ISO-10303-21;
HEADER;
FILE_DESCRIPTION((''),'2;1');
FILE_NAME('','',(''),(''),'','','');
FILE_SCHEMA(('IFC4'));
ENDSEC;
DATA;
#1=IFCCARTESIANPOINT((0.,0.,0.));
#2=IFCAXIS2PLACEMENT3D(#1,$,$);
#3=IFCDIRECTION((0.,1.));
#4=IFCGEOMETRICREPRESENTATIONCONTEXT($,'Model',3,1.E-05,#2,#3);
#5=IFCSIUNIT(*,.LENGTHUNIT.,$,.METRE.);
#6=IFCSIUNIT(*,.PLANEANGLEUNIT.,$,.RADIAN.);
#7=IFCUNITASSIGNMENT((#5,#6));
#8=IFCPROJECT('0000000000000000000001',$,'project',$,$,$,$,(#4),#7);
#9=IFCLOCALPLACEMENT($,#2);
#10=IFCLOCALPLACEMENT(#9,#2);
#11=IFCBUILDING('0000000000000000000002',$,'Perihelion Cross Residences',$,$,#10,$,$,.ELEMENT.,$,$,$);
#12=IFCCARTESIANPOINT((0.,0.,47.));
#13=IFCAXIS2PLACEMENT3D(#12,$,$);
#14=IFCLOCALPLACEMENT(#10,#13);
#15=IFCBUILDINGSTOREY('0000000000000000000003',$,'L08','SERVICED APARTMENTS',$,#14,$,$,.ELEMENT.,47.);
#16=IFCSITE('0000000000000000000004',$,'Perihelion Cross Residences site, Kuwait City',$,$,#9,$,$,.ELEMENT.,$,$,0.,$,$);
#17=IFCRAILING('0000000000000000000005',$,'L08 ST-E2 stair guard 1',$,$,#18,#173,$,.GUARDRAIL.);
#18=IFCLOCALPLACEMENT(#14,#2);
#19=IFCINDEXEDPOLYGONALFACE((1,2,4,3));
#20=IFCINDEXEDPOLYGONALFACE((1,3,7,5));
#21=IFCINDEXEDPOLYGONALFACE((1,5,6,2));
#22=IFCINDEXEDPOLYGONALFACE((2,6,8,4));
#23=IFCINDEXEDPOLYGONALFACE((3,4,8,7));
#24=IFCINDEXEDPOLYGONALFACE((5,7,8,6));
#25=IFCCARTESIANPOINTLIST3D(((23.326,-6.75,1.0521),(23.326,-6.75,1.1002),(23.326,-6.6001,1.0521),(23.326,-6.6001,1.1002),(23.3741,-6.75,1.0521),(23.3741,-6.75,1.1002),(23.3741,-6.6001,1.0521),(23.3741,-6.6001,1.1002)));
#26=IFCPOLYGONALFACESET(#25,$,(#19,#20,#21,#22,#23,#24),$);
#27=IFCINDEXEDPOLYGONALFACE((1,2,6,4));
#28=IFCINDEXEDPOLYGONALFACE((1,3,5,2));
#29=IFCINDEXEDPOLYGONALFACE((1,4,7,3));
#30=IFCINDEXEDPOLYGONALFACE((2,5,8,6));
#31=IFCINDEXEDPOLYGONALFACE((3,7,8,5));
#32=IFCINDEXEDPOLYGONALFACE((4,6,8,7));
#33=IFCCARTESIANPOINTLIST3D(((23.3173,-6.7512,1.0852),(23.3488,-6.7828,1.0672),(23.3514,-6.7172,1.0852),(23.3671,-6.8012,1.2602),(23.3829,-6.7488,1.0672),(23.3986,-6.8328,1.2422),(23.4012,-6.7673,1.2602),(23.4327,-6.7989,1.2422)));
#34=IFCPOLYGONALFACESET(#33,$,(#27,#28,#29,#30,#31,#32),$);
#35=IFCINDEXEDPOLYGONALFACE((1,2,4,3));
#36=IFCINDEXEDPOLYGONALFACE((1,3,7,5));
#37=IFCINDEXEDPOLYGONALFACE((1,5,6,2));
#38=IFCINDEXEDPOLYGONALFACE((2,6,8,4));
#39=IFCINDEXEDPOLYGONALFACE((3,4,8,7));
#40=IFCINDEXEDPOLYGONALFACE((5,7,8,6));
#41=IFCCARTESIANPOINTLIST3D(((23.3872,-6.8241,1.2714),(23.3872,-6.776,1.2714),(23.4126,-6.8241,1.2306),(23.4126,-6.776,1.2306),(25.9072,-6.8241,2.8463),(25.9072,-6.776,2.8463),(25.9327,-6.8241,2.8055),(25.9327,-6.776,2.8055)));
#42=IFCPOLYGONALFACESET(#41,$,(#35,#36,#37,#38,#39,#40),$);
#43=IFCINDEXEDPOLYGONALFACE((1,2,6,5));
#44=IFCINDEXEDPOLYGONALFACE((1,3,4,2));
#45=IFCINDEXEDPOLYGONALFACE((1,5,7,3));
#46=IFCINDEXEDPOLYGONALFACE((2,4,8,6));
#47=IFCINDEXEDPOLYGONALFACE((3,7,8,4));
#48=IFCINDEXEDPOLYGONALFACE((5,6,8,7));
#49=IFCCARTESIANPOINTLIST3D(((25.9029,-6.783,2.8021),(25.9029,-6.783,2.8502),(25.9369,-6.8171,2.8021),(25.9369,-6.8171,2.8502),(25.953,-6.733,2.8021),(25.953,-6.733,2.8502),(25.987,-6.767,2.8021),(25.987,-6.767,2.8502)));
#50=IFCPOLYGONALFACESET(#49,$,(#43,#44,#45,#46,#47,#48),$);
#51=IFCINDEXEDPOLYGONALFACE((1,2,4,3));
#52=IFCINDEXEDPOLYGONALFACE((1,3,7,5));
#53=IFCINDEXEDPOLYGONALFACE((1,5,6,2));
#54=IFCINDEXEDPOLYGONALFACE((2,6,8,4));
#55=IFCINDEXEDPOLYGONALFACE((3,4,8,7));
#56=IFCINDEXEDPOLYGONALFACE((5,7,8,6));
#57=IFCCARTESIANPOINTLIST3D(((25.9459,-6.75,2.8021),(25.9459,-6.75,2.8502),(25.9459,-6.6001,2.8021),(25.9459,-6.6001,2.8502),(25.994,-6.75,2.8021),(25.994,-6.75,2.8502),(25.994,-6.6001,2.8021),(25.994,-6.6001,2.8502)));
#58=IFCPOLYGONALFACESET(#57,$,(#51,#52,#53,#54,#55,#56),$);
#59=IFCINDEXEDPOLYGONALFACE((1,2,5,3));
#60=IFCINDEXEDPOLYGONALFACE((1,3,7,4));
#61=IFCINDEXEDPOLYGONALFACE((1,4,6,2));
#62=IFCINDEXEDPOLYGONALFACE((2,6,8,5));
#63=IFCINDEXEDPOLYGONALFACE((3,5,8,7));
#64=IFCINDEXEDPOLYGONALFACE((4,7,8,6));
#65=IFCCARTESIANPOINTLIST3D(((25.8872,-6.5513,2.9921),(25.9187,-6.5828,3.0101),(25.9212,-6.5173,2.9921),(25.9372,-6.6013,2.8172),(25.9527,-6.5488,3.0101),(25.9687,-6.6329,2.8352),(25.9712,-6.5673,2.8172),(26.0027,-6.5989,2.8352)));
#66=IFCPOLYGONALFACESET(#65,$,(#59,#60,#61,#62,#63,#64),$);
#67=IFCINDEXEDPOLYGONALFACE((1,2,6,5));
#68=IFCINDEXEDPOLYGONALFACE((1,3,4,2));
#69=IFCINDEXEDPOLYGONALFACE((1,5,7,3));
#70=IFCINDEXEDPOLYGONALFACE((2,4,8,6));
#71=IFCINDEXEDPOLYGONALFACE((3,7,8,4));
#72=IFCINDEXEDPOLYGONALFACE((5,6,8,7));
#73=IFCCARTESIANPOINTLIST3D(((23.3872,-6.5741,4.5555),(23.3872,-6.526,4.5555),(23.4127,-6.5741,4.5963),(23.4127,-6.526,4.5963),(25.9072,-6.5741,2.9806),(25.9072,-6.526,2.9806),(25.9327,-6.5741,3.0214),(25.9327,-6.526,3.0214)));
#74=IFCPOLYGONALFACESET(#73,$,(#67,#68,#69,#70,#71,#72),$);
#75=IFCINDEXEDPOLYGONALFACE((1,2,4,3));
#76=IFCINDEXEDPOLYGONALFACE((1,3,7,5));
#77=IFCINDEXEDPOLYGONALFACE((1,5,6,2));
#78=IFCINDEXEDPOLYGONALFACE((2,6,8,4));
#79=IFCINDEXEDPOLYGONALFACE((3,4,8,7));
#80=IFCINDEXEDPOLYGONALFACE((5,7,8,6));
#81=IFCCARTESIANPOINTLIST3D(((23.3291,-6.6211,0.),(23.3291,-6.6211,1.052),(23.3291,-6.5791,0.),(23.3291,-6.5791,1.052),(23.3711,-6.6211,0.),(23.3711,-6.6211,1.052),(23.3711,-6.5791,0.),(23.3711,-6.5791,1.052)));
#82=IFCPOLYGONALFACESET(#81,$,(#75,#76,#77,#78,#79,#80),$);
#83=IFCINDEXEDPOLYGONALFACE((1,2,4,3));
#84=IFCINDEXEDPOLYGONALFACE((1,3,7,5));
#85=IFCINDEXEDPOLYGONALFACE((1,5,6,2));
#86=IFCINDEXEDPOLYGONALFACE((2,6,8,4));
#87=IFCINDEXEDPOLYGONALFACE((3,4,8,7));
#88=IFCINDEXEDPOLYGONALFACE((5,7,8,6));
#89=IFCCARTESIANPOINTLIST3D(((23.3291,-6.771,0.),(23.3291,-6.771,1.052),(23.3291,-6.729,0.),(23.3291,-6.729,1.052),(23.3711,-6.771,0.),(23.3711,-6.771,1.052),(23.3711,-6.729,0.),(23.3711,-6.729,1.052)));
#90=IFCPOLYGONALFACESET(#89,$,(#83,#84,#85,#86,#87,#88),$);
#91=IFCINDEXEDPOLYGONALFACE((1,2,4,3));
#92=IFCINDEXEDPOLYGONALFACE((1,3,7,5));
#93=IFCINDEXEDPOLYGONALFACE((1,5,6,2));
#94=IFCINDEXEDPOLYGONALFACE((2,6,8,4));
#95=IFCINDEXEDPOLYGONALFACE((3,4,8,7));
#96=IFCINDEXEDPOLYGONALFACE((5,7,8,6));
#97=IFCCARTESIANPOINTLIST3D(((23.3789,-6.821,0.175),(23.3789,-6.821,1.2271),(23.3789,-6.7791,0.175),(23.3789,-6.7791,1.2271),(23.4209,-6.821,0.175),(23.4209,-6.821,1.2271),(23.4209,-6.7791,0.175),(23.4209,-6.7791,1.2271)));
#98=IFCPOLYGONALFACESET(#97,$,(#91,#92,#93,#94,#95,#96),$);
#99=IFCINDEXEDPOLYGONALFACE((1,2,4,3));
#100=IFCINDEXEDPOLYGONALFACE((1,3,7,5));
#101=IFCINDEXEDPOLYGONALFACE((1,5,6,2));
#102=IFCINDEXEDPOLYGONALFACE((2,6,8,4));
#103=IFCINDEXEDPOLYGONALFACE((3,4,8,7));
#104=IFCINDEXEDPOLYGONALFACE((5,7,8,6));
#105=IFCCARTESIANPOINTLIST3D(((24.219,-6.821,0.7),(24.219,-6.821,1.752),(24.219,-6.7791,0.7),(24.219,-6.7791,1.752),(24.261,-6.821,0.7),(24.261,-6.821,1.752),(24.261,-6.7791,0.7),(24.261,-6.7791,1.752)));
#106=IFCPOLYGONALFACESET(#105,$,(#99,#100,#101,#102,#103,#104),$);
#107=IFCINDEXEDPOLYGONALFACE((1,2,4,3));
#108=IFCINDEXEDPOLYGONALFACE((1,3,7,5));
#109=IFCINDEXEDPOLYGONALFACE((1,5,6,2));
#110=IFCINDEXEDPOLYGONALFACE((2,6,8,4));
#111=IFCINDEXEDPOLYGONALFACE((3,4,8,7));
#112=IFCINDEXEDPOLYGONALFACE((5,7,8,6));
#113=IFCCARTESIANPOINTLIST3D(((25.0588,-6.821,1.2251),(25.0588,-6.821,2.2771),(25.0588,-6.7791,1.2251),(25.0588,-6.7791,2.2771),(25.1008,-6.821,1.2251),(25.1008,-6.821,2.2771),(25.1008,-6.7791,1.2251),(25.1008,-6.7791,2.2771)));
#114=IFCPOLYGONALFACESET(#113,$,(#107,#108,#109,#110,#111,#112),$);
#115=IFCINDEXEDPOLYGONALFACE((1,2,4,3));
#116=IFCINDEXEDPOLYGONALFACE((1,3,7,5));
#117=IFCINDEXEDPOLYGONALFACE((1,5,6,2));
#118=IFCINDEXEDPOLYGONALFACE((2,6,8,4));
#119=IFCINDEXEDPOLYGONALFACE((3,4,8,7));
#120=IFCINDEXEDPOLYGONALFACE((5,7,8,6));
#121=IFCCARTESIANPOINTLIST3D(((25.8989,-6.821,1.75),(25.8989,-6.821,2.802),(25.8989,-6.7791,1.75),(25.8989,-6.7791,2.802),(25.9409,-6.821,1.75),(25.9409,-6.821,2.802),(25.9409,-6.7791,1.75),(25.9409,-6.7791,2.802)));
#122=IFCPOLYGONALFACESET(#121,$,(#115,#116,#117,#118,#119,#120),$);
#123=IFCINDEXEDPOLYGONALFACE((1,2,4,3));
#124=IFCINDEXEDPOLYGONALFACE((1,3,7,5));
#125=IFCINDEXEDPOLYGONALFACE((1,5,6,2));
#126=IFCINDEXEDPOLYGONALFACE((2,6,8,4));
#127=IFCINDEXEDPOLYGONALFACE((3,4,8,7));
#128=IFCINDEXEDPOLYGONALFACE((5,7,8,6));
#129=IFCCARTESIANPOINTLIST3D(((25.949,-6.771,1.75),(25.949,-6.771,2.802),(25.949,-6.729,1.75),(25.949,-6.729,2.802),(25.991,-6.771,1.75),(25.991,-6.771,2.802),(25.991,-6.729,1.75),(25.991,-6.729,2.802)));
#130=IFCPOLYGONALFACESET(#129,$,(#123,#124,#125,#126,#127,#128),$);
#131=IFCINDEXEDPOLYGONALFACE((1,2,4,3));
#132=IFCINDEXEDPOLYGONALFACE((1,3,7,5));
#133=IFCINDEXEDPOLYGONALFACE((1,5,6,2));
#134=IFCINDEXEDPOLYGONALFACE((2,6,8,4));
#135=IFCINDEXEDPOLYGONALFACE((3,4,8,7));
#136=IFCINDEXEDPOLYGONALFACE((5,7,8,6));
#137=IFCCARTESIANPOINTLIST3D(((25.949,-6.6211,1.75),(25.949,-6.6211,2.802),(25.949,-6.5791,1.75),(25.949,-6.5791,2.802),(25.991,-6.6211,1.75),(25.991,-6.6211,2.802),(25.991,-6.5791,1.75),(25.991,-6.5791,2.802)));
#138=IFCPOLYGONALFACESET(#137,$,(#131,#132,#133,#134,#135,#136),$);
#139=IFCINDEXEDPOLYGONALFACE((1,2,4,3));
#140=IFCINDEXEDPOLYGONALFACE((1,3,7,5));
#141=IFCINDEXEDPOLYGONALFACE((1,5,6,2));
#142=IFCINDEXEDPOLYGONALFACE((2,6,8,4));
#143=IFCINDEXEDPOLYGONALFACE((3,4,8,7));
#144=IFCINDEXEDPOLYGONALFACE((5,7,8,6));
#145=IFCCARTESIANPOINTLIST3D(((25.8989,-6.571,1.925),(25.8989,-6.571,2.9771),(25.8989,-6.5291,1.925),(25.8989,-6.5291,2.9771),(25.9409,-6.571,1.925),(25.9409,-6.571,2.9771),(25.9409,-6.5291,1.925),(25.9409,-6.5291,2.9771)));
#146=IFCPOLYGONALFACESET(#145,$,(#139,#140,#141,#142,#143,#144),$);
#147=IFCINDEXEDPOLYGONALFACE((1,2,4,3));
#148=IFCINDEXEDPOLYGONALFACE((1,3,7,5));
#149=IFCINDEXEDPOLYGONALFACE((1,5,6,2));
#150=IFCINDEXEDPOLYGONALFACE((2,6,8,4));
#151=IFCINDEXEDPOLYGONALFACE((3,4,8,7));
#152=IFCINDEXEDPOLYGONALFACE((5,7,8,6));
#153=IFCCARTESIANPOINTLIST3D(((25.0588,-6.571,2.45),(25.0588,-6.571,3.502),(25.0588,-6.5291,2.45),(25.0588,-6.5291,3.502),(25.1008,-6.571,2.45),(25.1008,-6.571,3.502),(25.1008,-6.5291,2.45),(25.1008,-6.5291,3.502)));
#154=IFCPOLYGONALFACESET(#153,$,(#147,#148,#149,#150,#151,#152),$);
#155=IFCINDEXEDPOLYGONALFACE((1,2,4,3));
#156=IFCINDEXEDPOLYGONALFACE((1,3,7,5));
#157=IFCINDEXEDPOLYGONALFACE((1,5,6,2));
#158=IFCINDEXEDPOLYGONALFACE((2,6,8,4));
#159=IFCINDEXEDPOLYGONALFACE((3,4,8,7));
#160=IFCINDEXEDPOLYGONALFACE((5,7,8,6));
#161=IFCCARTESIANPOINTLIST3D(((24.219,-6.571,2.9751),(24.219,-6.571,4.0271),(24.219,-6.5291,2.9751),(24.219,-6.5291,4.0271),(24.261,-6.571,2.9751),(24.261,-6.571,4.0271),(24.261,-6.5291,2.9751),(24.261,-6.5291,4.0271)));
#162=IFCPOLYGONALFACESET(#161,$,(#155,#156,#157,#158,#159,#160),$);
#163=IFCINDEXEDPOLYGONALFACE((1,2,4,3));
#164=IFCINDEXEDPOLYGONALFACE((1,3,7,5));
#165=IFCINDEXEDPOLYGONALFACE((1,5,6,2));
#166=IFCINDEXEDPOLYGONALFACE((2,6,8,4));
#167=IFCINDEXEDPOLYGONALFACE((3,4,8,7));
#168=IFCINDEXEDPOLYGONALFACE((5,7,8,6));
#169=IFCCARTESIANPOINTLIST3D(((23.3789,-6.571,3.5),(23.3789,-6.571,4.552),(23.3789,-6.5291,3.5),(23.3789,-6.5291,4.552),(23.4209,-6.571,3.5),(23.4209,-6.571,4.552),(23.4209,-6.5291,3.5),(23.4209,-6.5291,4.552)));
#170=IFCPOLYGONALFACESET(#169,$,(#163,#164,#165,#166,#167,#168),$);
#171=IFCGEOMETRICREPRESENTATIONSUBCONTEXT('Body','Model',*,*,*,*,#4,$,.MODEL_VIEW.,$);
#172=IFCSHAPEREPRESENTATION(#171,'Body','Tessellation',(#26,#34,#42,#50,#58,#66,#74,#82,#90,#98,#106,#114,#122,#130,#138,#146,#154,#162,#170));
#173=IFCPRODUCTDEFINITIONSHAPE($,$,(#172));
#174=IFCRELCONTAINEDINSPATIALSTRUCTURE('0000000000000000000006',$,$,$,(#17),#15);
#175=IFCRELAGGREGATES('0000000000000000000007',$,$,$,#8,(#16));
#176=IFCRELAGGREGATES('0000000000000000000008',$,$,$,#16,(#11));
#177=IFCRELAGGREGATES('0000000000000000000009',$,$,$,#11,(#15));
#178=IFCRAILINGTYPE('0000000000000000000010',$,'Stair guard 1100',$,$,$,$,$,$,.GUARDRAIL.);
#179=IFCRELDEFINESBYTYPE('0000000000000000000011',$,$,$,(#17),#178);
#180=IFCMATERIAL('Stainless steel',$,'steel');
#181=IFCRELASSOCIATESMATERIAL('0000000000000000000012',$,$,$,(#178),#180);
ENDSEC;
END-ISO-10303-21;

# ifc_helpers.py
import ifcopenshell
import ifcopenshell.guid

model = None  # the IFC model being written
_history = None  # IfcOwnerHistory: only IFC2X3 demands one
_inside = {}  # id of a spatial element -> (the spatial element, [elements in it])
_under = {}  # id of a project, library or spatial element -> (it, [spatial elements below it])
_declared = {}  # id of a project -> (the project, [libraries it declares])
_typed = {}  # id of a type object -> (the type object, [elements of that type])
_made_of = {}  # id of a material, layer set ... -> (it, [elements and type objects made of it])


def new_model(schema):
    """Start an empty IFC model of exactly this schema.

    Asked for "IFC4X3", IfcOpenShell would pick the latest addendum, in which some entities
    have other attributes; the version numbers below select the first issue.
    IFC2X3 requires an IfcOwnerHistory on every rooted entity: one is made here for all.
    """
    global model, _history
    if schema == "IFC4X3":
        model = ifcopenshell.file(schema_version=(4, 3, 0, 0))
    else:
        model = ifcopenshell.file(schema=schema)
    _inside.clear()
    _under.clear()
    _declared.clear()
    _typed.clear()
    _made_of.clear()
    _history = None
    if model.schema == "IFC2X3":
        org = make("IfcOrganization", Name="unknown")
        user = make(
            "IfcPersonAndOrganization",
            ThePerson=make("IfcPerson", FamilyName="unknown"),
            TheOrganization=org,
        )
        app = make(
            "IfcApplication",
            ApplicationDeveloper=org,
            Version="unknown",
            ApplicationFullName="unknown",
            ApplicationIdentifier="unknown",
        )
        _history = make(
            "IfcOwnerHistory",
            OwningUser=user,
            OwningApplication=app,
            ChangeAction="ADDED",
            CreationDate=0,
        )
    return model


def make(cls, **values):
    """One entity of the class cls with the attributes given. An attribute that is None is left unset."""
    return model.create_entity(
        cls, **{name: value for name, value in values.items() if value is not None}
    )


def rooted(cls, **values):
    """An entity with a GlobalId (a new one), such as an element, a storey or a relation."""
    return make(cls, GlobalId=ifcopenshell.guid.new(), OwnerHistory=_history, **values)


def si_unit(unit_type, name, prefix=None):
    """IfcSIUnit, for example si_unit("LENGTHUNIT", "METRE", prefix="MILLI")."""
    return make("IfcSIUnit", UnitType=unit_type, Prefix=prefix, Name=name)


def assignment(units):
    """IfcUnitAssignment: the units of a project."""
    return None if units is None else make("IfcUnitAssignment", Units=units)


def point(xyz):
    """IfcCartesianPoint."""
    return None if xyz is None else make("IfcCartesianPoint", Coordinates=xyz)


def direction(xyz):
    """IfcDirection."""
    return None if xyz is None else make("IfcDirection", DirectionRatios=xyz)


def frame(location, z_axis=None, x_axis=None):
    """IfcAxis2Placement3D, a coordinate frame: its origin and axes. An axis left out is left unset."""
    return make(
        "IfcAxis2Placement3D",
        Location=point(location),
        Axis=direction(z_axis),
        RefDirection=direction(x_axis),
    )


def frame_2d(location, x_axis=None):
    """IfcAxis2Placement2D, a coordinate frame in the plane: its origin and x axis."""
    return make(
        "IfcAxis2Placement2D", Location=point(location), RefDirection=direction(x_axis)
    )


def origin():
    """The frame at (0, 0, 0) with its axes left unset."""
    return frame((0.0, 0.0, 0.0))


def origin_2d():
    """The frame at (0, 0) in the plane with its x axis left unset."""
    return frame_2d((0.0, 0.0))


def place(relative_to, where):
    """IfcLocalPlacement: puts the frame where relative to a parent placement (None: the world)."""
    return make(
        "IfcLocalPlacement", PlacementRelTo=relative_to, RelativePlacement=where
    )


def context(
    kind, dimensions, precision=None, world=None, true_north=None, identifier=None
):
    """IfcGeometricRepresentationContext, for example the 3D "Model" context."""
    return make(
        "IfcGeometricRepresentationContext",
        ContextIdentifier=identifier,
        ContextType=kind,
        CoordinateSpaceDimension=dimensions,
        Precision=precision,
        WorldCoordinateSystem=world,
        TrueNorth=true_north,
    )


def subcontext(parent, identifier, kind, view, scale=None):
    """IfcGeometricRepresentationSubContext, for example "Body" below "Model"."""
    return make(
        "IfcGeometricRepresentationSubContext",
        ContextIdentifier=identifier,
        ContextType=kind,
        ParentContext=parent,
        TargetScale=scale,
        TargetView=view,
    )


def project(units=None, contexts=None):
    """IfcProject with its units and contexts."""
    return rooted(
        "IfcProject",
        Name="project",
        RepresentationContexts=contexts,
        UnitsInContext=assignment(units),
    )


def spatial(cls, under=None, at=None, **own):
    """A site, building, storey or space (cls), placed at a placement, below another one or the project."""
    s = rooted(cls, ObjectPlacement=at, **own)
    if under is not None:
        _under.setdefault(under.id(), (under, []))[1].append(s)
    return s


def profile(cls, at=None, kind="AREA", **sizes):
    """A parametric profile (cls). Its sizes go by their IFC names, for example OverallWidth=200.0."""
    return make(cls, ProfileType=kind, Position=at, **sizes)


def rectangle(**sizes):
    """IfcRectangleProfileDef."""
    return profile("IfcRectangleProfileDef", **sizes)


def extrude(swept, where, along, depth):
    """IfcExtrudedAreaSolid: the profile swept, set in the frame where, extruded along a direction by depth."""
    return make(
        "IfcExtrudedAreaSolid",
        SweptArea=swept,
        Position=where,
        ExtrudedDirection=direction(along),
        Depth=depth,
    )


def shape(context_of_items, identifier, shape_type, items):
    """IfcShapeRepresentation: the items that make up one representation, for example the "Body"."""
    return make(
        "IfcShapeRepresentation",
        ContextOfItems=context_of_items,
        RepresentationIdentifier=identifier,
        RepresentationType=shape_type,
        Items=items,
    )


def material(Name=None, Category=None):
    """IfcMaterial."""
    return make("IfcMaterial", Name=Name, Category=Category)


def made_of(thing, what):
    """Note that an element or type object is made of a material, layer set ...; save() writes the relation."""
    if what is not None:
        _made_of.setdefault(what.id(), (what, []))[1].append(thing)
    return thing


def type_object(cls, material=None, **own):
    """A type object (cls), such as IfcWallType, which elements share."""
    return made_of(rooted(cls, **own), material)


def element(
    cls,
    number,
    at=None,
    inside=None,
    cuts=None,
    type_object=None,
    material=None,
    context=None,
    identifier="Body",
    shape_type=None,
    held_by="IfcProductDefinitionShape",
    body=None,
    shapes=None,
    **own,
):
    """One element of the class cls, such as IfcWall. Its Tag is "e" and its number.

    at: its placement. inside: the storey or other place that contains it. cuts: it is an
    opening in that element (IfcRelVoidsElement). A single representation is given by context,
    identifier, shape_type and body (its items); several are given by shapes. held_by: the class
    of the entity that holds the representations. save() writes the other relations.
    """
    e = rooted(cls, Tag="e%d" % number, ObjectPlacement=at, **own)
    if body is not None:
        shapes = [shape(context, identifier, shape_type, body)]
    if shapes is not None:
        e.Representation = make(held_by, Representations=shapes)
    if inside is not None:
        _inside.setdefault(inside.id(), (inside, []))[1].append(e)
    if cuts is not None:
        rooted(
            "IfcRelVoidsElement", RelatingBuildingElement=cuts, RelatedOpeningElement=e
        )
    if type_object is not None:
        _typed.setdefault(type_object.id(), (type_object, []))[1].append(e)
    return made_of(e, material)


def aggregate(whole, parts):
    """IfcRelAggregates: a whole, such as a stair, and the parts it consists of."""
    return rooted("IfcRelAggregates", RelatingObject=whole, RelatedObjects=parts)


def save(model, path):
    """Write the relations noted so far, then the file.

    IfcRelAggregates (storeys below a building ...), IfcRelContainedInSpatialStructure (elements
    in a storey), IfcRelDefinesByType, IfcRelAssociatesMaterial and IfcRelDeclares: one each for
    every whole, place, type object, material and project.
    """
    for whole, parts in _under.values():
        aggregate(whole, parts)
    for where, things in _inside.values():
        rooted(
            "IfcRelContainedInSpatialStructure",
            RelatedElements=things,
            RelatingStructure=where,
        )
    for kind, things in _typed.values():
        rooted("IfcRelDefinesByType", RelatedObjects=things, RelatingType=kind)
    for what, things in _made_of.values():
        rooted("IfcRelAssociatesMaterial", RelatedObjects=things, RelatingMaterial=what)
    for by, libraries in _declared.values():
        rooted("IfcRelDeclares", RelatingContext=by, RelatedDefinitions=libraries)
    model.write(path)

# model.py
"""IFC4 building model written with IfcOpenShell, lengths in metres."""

from ifc_helpers import new_model, si_unit, direction, frame, origin, origin_2d, place, context, subcontext, project, spatial, rectangle, extrude, material, type_object, element, save


model = new_model("IFC4")

# Units and contexts
model_context = context("Model", 3, precision=1e-05, world=origin(), true_north=direction((0.0, 1.0)))
body_context = subcontext(model_context, "Body", "Model", "MODEL_VIEW")
ifc_project = project(units=[si_unit("LENGTHUNIT", "METRE"), si_unit("PLANEANGLEUNIT", "RADIAN")], contexts=[model_context])

# Site, building, storey
site_placement = place(None, origin())
site = spatial("IfcSite", under=ifc_project, at=site_placement, Name="Perihelion Cross Residences site, Kuwait City", CompositionType="ELEMENT", RefElevation=0.0)
building_placement = place(site_placement, origin())
building = spatial("IfcBuilding", under=site, at=building_placement, Name="Perihelion Cross Residences", CompositionType="ELEMENT")
storey_placement = place(building_placement, frame((0.0, 0.0, 47.0)))
storey = spatial("IfcBuildingStorey", under=building, at=storey_placement, Name="L08", Description="SERVICED APARTMENTS", CompositionType="ELEMENT", Elevation=47.0)

# Railing
ifc_material_1 = material(Name="Stainless steel", Category="steel")
railing_type_1 = type_object("IfcRailingType", Name="Stair guard 1100", PredefinedType="GUARDRAIL", material=ifc_material_1)
railing_1_placement = place(storey_placement, frame((23.3501, -6.6001, 0.0)))
element("IfcRailing", 1, at=railing_1_placement, inside=storey, type_object=railing_type_1, Name="L08 ST-E2 stair guard 1", PredefinedType="GUARDRAIL", context=body_context, shape_type="SweptSolid", body=[
    extrude(rectangle(XDim=0.0481, YDim=0.0481, at=origin_2d()), frame((0.0, 0.0, 1.0762), z_axis=(0.0, -1.0, 0.0), x_axis=(1.0, 0.0, 0.0)), (0.0, 0.0, 1.0), 0.1499),
    extrude(rectangle(XDim=0.0481, YDim=0.0481, at=origin_2d()), frame((0.0, -0.1499, 1.0762), z_axis=(0.263862, -0.265156, 0.927399), x_axis=(0.708834, 0.705376, 0.0)), (0.0, 0.0, 1.0), 0.1887),
    extrude(rectangle(XDim=0.0481, YDim=0.0481, at=origin_2d()), frame((0.0498, -0.2, 1.251), z_axis=(0.848008, 0.0, 0.529984), x_axis=(0.0, 1.0, 0.0)), (0.0, 0.0, 1.0), 2.9717),
    extrude(rectangle(XDim=0.0481, YDim=0.0481, at=origin_2d()), frame((2.5698, -0.2, 2.8262), z_axis=(0.707107, 0.707107, 0.0), x_axis=(-0.707107, 0.707107, 0.0)), (0.0, 0.0, 1.0), 0.0708),
    extrude(rectangle(XDim=0.0481, YDim=0.0481, at=origin_2d()), frame((2.6199, -0.1499, 2.8262), z_axis=(0.0, 1.0, 0.0), x_axis=(-1.0, 0.0, 0.0)), (0.0, 0.0, 1.0), 0.1499),
    extrude(rectangle(XDim=0.0481, YDim=0.0481, at=origin_2d()), frame((2.6199, 0.0, 2.8262), z_axis=(-0.265065, 0.265065, 0.927082), x_axis=(-0.707107, -0.707107, 0.0)), (0.0, 0.0, 1.0), 0.1887),
    extrude(rectangle(XDim=0.0481, YDim=0.0481, at=origin_2d()), frame((2.5698, 0.05, 3.001), z_axis=(-0.848008, 0.0, 0.529984), x_axis=(0.0, -1.0, 0.0)), (0.0, 0.0, 1.0), 2.9717),
    extrude(rectangle(XDim=0.042, YDim=0.042, at=origin_2d()), origin(), (0.0, 0.0, 1.0), 1.052),
    extrude(rectangle(XDim=0.042, YDim=0.042, at=origin_2d()), frame((0.0, -0.1499, 0.0)), (0.0, 0.0, 1.0), 1.052),
    extrude(rectangle(XDim=0.042, YDim=0.042, at=origin_2d()), frame((0.0498, -0.2, 0.175)), (0.0, 0.0, 1.0), 1.052),
    extrude(rectangle(XDim=0.042, YDim=0.042, at=origin_2d()), frame((0.8899, -0.2, 0.7)), (0.0, 0.0, 1.0), 1.052),
    extrude(rectangle(XDim=0.042, YDim=0.042, at=origin_2d()), frame((1.7297, -0.2, 1.2251)), (0.0, 0.0, 1.0), 1.052),
    extrude(rectangle(XDim=0.042, YDim=0.042, at=origin_2d()), frame((2.5698, -0.2, 1.75)), (0.0, 0.0, 1.0), 1.052),
    extrude(rectangle(XDim=0.042, YDim=0.042, at=origin_2d()), frame((2.6199, -0.1499, 1.75)), (0.0, 0.0, 1.0), 1.052),
    extrude(rectangle(XDim=0.042, YDim=0.042, at=origin_2d()), frame((2.6199, 0.0, 1.75)), (0.0, 0.0, 1.0), 1.052),
    extrude(rectangle(XDim=0.042, YDim=0.042, at=origin_2d()), frame((2.5698, 0.05, 1.925)), (0.0, 0.0, 1.0), 1.052),
    extrude(rectangle(XDim=0.042, YDim=0.042, at=origin_2d()), frame((1.7297, 0.05, 2.45)), (0.0, 0.0, 1.0), 1.052),
    extrude(rectangle(XDim=0.042, YDim=0.042, at=origin_2d()), frame((0.8899, 0.05, 2.9751)), (0.0, 0.0, 1.0), 1.052),
    extrude(rectangle(XDim=0.042, YDim=0.042, at=origin_2d()), frame((0.0498, 0.05, 3.5)), (0.0, 0.0, 1.0), 1.052),
])

save(model, "model.ifc")
